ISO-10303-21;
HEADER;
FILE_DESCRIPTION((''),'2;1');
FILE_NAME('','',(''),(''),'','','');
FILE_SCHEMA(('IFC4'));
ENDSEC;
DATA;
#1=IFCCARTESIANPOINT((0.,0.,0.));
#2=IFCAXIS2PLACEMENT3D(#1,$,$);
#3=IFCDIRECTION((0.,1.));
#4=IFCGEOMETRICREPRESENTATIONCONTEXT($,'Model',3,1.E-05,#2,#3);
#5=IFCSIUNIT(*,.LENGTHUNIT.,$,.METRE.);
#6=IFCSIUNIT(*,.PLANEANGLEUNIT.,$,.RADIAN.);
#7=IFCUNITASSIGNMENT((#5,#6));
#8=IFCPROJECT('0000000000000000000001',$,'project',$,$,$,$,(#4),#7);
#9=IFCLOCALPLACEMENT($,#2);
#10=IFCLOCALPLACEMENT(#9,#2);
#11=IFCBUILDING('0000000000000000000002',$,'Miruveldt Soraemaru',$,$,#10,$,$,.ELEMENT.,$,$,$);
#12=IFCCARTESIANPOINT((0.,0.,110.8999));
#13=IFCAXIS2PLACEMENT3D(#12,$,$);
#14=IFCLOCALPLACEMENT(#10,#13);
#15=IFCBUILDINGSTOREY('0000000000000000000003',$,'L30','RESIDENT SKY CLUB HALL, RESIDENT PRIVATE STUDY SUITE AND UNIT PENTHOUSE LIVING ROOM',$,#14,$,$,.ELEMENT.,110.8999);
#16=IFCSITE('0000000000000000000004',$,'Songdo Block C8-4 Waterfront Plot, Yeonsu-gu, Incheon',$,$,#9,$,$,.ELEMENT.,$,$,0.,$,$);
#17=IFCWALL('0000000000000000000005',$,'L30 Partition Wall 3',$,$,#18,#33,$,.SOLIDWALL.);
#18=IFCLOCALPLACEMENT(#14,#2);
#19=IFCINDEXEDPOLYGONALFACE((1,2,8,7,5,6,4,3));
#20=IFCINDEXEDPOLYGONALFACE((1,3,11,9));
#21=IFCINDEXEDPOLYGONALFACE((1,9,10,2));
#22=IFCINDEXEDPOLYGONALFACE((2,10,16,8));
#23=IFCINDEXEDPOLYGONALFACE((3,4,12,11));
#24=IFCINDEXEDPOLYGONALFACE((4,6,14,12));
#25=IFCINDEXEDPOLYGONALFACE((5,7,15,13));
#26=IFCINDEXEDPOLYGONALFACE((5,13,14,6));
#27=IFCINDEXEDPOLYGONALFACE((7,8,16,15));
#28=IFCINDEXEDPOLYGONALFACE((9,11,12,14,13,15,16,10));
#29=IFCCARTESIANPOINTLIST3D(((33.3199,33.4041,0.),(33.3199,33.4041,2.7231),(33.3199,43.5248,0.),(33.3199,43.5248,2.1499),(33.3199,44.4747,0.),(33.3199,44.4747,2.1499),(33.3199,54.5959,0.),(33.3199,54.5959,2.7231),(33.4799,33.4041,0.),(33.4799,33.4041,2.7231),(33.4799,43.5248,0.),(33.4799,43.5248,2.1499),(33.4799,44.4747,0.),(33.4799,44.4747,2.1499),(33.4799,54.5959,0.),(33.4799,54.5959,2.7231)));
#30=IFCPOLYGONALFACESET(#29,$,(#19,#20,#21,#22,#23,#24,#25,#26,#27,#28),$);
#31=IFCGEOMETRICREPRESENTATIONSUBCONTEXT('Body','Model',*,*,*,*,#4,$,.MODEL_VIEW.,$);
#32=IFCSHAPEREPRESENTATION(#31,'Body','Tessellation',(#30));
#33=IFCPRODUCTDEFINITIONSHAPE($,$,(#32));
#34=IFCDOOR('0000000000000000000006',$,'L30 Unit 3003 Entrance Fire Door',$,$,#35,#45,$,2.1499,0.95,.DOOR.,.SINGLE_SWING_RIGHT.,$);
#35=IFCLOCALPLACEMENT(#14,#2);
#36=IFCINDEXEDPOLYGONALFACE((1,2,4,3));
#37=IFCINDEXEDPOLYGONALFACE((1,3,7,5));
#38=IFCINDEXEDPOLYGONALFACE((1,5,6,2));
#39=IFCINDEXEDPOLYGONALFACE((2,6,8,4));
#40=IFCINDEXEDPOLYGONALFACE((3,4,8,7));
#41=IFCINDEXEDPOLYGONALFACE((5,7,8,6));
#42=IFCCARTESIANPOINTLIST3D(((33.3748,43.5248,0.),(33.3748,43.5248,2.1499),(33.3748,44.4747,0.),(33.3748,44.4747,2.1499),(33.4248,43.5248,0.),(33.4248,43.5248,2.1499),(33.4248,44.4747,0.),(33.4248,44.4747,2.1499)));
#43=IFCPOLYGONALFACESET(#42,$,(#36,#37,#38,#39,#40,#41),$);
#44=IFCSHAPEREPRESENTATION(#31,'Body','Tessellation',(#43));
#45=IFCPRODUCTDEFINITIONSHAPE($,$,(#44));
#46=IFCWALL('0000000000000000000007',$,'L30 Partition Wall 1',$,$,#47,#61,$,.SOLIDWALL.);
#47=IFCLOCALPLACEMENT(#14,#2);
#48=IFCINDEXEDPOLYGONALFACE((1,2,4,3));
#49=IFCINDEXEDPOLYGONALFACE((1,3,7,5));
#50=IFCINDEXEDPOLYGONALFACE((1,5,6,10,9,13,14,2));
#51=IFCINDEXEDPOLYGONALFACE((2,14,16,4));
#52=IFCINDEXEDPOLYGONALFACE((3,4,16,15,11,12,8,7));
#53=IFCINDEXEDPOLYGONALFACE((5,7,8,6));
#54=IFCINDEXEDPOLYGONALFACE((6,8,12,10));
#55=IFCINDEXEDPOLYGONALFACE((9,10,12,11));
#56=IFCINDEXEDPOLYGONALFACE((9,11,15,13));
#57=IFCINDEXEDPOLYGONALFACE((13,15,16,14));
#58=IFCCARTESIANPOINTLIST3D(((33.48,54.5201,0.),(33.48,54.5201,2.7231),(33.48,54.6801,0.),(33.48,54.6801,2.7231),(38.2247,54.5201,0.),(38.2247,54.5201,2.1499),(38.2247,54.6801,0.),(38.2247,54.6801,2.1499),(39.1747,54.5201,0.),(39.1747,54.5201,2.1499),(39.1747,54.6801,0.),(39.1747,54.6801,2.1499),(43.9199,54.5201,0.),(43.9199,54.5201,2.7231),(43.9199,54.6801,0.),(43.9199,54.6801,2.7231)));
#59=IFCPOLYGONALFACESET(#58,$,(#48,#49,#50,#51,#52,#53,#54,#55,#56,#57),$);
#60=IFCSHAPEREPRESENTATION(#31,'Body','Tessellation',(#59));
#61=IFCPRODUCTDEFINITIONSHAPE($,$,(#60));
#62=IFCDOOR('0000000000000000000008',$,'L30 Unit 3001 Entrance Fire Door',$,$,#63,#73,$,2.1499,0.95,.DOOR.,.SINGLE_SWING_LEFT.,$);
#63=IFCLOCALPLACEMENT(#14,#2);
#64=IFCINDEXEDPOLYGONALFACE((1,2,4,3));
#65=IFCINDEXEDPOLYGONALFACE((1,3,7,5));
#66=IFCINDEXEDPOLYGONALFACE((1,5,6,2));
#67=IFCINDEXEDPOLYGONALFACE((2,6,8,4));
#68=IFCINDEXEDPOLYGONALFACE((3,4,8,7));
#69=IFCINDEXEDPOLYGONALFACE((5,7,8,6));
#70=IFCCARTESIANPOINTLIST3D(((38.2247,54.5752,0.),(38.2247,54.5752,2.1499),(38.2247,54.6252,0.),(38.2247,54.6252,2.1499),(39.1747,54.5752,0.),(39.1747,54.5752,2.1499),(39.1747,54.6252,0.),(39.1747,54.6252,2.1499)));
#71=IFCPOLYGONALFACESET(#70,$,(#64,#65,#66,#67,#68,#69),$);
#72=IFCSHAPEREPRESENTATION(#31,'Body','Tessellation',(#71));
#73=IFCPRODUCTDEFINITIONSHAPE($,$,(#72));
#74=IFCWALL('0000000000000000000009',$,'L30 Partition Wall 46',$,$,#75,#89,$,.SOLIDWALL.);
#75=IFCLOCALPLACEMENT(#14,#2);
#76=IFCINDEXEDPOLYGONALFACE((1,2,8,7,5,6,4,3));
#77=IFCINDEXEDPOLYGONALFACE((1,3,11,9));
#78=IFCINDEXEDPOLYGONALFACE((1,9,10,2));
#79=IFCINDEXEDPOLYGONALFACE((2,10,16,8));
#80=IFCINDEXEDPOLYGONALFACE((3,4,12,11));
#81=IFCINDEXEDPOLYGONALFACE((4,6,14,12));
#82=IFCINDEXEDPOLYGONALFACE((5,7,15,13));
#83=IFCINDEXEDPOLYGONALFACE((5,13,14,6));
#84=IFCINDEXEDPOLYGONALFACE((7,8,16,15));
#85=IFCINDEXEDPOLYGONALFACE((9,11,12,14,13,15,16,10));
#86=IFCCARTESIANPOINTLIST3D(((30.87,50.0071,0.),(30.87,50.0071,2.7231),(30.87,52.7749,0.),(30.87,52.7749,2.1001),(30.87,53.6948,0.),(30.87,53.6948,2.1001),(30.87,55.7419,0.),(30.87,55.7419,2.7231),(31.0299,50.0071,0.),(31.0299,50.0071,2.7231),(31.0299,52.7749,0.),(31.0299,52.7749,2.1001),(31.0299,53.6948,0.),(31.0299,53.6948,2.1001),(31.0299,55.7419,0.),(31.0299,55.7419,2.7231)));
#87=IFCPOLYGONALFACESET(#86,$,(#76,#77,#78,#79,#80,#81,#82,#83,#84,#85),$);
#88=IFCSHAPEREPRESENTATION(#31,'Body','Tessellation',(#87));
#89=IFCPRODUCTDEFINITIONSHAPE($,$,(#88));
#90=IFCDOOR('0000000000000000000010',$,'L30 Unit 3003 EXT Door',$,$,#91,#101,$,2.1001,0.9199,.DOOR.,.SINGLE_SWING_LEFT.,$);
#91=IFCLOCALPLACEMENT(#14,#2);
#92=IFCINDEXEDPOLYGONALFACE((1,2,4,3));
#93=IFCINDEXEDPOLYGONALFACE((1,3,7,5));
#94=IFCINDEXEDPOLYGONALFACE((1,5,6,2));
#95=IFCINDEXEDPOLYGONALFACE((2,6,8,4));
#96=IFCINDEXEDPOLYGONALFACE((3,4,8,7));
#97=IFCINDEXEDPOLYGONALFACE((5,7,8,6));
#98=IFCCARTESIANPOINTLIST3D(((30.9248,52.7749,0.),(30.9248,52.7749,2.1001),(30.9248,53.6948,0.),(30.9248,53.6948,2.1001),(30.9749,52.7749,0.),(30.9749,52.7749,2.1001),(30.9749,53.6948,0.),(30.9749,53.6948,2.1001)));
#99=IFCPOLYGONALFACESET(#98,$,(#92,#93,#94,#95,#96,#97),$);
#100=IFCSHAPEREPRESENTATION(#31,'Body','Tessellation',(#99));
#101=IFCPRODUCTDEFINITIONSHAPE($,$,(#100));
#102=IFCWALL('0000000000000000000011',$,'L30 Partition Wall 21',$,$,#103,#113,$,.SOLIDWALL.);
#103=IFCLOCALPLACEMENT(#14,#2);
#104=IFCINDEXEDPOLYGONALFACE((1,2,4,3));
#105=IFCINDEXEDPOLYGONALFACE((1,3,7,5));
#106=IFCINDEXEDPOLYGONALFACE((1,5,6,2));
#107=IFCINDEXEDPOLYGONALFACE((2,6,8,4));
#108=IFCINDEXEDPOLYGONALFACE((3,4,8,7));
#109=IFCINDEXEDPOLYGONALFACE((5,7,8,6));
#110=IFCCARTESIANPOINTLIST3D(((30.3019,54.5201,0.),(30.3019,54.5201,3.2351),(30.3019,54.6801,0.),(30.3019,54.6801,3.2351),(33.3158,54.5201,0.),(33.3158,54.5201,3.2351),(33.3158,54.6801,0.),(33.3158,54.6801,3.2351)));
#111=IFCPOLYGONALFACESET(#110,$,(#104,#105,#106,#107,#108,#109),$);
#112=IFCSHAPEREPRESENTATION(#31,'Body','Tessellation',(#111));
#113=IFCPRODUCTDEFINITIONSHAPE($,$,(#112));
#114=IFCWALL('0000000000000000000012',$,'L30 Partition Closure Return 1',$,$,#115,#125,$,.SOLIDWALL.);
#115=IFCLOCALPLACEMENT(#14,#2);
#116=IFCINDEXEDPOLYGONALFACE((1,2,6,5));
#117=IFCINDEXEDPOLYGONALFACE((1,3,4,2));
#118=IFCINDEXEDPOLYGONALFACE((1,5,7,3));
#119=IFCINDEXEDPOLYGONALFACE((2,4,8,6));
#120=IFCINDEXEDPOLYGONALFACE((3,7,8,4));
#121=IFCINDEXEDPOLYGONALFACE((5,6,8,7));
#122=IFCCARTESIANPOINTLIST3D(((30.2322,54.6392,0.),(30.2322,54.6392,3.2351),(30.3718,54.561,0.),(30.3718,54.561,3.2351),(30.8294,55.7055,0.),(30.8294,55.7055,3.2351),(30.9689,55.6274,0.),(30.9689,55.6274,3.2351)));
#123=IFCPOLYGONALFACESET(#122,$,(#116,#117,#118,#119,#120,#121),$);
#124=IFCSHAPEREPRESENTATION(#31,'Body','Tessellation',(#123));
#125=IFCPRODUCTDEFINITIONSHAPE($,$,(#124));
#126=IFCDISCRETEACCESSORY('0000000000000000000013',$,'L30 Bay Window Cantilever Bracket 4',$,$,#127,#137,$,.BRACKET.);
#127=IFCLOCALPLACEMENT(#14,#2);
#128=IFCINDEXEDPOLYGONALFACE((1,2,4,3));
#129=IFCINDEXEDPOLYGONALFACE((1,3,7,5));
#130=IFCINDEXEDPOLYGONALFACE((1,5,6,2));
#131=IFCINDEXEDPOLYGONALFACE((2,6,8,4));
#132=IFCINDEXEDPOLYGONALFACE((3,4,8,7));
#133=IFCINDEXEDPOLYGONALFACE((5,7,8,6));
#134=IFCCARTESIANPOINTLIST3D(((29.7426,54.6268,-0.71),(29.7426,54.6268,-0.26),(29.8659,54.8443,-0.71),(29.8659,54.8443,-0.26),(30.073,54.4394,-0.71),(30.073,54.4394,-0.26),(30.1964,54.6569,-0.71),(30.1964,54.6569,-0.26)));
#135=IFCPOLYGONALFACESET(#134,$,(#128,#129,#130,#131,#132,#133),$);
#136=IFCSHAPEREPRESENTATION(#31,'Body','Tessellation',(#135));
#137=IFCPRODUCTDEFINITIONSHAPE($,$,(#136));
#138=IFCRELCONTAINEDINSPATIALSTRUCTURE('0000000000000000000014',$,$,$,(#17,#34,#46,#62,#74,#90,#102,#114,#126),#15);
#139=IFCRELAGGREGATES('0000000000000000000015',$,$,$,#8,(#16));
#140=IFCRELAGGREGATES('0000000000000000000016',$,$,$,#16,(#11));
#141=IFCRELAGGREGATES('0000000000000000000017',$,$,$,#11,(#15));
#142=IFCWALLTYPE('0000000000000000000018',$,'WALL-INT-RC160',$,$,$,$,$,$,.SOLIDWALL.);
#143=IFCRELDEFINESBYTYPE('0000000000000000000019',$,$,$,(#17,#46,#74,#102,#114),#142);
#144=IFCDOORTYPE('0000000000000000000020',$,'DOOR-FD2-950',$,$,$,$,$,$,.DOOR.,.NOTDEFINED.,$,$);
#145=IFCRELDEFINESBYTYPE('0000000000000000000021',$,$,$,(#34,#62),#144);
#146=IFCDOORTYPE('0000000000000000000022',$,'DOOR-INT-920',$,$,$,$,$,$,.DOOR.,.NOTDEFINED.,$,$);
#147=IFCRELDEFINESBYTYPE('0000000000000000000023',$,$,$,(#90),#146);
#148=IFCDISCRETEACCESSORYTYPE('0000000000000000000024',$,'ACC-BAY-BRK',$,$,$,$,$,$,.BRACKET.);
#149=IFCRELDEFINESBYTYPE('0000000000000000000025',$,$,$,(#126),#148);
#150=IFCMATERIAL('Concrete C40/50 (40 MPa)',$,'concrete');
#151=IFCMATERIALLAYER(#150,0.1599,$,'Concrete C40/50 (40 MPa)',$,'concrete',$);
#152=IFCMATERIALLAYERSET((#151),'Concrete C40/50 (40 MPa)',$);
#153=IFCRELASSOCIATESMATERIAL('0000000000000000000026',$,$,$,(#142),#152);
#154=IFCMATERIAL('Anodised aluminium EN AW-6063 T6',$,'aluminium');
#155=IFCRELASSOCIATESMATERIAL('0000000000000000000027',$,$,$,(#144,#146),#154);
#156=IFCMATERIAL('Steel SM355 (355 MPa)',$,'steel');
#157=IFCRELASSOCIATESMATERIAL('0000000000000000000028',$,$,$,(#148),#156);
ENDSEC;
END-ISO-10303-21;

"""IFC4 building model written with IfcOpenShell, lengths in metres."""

from ifc_helpers import new_model, si_unit, direction, frame, frame_2d, origin, origin_2d, place, context, subcontext, project, spatial, rectangle, extrude, material, layer, layer_set, type_object, element, fill, save


model = new_model("IFC4")

# Units and contexts
model_context = context("Model", 3, precision=1e-05, world=origin(), true_north=direction((0.0, 1.0)))
body_context = subcontext(model_context, "Body", "Model", "MODEL_VIEW")
ifc_project = project(units=[si_unit("LENGTHUNIT", "METRE"), si_unit("PLANEANGLEUNIT", "RADIAN")], contexts=[model_context])

# Site, building, storey
site_placement = place(None, origin())
site = spatial("IfcSite", under=ifc_project, at=site_placement, Name="Songdo Block C8-4 Waterfront Plot, Yeonsu-gu, Incheon", CompositionType="ELEMENT", RefElevation=0.0)
building_placement = place(site_placement, origin())
building = spatial("IfcBuilding", under=site, at=building_placement, Name="Miruveldt Soraemaru", CompositionType="ELEMENT")
storey_placement = place(building_placement, frame((0.0, 0.0, 110.8999)))
storey = spatial("IfcBuildingStorey", under=building, at=storey_placement, Name="L30", Description="RESIDENT SKY CLUB HALL, RESIDENT PRIVATE STUDY SUITE AND UNIT PENTHOUSE LIVING ROOM", CompositionType="ELEMENT", Elevation=110.8999)

# Shared definitions
ifc_material_1 = material(Name="Anodised aluminium EN AW-6063 T6", Category="aluminium")

# Walls, openings, doors
ifc_material_2 = material(Name="Concrete C40/50 (40 MPa)", Category="concrete")
ifc_layer_1 = layer(ifc_material_2, 0.1599, Name="Concrete C40/50 (40 MPa)", Category="concrete")
ifc_layer_set_1 = layer_set([ifc_layer_1], Name="Concrete C40/50 (40 MPa)")
wall_type_1 = type_object("IfcWallType", Name="WALL-INT-RC160", PredefinedType="SOLIDWALL", material=ifc_layer_set_1)
wall_1_placement = place(storey_placement, frame((33.3999, 54.5959, 0.0), z_axis=(0.0, 0.0, 1.0), x_axis=(0.0, -1.0, 0.0)))
wall_1 = element("IfcWall", 1, at=wall_1_placement, inside=storey, type_object=wall_type_1, Name="L30 Partition Wall 3", PredefinedType="SOLIDWALL", context=body_context, shape_type="SweptSolid", body=[
    extrude(rectangle(XDim=21.1919, YDim=0.1599, at=frame_2d((10.5959, 0.0))), origin(), (0.0, 0.0, 1.0), 2.7231),
])
opening_1_placement = place(wall_1_placement, frame((10.1211, 0.0, 0.0)))
opening_1 = element("IfcOpeningElement", 2, at=opening_1_placement, cuts=wall_1, PredefinedType="OPENING", context=body_context, shape_type="SweptSolid", body=[
    extrude(rectangle(XDim=0.95, YDim=2.1499, at=frame_2d((0.4751, 1.075))), frame((0.0, 0.0898, 0.0), z_axis=(0.0, -1.0, 0.0), x_axis=(1.0, 0.0, 0.0)), (0.0, 0.0, 1.0), 0.1799),
])
door_type_1 = type_object("IfcDoorType", Name="DOOR-FD2-950", OperationType="NOTDEFINED", PredefinedType="DOOR", material=ifc_material_1)
door_1_placement = place(opening_1_placement, origin())
door_1 = element("IfcDoor", 3, at=door_1_placement, inside=storey, type_object=door_type_1, Name="L30 Unit 3003 Entrance Fire Door", OperationType="SINGLE_SWING_RIGHT", OverallHeight=2.1499, OverallWidth=0.95, PredefinedType="DOOR", context=body_context, shape_type="SweptSolid", body=[
    extrude(rectangle(XDim=0.95, YDim=2.1499, at=frame_2d((0.4751, 1.075))), frame((0.0, 0.0249, 0.0), z_axis=(0.0, -1.0, 0.0), x_axis=(1.0, 0.0, 0.0)), (0.0, 0.0, 1.0), 0.05),
])
fill(opening_1, door_1)
wall_2_placement = place(storey_placement, frame((43.9199, 54.6001, 0.0), z_axis=(0.0, 0.0, 1.0), x_axis=(-1.0, 0.0, 0.0)))
wall_2 = element("IfcWall", 4, at=wall_2_placement, inside=storey, type_object=wall_type_1, Name="L30 Partition Wall 1", PredefinedType="SOLIDWALL", context=body_context, shape_type="SweptSolid", body=[
    extrude(rectangle(XDim=10.4399, YDim=0.1599, at=frame_2d((5.22, 0.0))), origin(), (0.0, 0.0, 1.0), 2.7231),
])
opening_2_placement = place(wall_2_placement, frame((4.7451, 0.0, 0.0)))
opening_2 = element("IfcOpeningElement", 5, at=opening_2_placement, cuts=wall_2, PredefinedType="OPENING", context=body_context, shape_type="SweptSolid", body=[
    extrude(rectangle(XDim=0.95, YDim=2.1499, at=frame_2d((0.4751, 1.075))), frame((0.0, 0.0898, 0.0), z_axis=(0.0, -1.0, 0.0), x_axis=(1.0, 0.0, 0.0)), (0.0, 0.0, 1.0), 0.1799),
])
door_2_placement = place(opening_2_placement, origin())
door_2 = element("IfcDoor", 6, at=door_2_placement, inside=storey, type_object=door_type_1, Name="L30 Unit 3001 Entrance Fire Door", OperationType="SINGLE_SWING_LEFT", OverallHeight=2.1499, OverallWidth=0.95, PredefinedType="DOOR", context=body_context, shape_type="SweptSolid", body=[
    extrude(rectangle(XDim=0.95, YDim=2.1499, at=frame_2d((0.4751, 1.075))), frame((0.0, 0.0249, 0.0), z_axis=(0.0, -1.0, 0.0), x_axis=(1.0, 0.0, 0.0)), (0.0, 0.0, 1.0), 0.05),
])
fill(opening_2, door_2)
wall_3_placement = place(storey_placement, frame((30.95, 55.7419, 0.0), z_axis=(0.0, 0.0, 1.0), x_axis=(0.0, -1.0, 0.0)))
wall_3 = element("IfcWall", 7, at=wall_3_placement, inside=storey, type_object=wall_type_1, Name="L30 Partition Wall 46", PredefinedType="SOLIDWALL", context=body_context, shape_type="SweptSolid", body=[
    extrude(rectangle(XDim=5.7349, YDim=0.1599, at=frame_2d((2.8674, 0.0))), origin(), (0.0, 0.0, 1.0), 2.7231),
])
opening_3_placement = place(wall_3_placement, frame((2.0471, 0.0, 0.0)))
opening_3 = element("IfcOpeningElement", 8, at=opening_3_placement, cuts=wall_3, PredefinedType="OPENING", context=body_context, shape_type="SweptSolid", body=[
    extrude(rectangle(XDim=0.9199, YDim=2.1001, at=frame_2d((0.46, 1.05))), frame((0.0, 0.0898, 0.0), z_axis=(0.0, -1.0, 0.0), x_axis=(1.0, 0.0, 0.0)), (0.0, 0.0, 1.0), 0.1799),
])
door_type_2 = type_object("IfcDoorType", Name="DOOR-INT-920", OperationType="NOTDEFINED", PredefinedType="DOOR", material=ifc_material_1)
door_3_placement = place(opening_3_placement, origin())
door_3 = element("IfcDoor", 9, at=door_3_placement, inside=storey, type_object=door_type_2, Name="L30 Unit 3003 EXT Door", OperationType="SINGLE_SWING_LEFT", OverallHeight=2.1001, OverallWidth=0.9199, PredefinedType="DOOR", context=body_context, shape_type="SweptSolid", body=[
    extrude(rectangle(XDim=0.9199, YDim=2.1001, at=frame_2d((0.46, 1.05))), frame((0.0, 0.0249, 0.0), z_axis=(0.0, -1.0, 0.0), x_axis=(1.0, 0.0, 0.0)), (0.0, 0.0, 1.0), 0.05),
])
fill(opening_3, door_3)

# Walls
wall_4_placement = place(storey_placement, frame((30.302, 54.6001, 0.0), z_axis=(0.0, 0.0, 1.0), x_axis=(1.0, 0.0, 0.0)))
element("IfcWall", 10, at=wall_4_placement, inside=storey, type_object=wall_type_1, Name="L30 Partition Wall 21", PredefinedType="SOLIDWALL", context=body_context, shape_type="SweptSolid", body=[
    extrude(rectangle(XDim=3.0139, YDim=0.1599, at=frame_2d((1.5068, 0.0))), origin(), (0.0, 0.0, 1.0), 3.2351),
])
wall_5_placement = place(storey_placement, frame((30.302, 54.6001, 0.0), z_axis=(0.0, 0.0, 1.0), x_axis=(0.488591, 0.872513, 0.0)))
element("IfcWall", 11, at=wall_5_placement, inside=storey, type_object=wall_type_1, Name="L30 Partition Closure Return 1", PredefinedType="SOLIDWALL", context=body_context, shape_type="SweptSolid", body=[
    extrude(rectangle(XDim=1.2222, YDim=0.1599, at=frame_2d((0.6111, 0.0))), origin(), (0.0, 0.0, 1.0), 3.2351),
])

# Discrete accessory
ifc_material_3 = material(Name="Steel SM355 (355 MPa)", Category="steel")
discrete_accessory_type = type_object("IfcDiscreteAccessoryType", Name="ACC-BAY-BRK", PredefinedType="BRACKET", material=ifc_material_3)
discrete_accessory_placement = place(storey_placement, frame((29.9695, 54.6418, -0.71), z_axis=(0.0, 0.0, 1.0), x_axis=(-0.86984, 0.493335, 0.0)))
element("IfcDiscreteAccessory", 12, at=discrete_accessory_placement, inside=storey, type_object=discrete_accessory_type, Name="L30 Bay Window Cantilever Bracket 4", PredefinedType="BRACKET", context=body_context, shape_type="SweptSolid", body=[
    extrude(rectangle(XDim=0.3799, YDim=0.25, at=origin_2d()), origin(), (0.0, 0.0, 1.0), 0.45),
])

save(model, "model.ifc")
